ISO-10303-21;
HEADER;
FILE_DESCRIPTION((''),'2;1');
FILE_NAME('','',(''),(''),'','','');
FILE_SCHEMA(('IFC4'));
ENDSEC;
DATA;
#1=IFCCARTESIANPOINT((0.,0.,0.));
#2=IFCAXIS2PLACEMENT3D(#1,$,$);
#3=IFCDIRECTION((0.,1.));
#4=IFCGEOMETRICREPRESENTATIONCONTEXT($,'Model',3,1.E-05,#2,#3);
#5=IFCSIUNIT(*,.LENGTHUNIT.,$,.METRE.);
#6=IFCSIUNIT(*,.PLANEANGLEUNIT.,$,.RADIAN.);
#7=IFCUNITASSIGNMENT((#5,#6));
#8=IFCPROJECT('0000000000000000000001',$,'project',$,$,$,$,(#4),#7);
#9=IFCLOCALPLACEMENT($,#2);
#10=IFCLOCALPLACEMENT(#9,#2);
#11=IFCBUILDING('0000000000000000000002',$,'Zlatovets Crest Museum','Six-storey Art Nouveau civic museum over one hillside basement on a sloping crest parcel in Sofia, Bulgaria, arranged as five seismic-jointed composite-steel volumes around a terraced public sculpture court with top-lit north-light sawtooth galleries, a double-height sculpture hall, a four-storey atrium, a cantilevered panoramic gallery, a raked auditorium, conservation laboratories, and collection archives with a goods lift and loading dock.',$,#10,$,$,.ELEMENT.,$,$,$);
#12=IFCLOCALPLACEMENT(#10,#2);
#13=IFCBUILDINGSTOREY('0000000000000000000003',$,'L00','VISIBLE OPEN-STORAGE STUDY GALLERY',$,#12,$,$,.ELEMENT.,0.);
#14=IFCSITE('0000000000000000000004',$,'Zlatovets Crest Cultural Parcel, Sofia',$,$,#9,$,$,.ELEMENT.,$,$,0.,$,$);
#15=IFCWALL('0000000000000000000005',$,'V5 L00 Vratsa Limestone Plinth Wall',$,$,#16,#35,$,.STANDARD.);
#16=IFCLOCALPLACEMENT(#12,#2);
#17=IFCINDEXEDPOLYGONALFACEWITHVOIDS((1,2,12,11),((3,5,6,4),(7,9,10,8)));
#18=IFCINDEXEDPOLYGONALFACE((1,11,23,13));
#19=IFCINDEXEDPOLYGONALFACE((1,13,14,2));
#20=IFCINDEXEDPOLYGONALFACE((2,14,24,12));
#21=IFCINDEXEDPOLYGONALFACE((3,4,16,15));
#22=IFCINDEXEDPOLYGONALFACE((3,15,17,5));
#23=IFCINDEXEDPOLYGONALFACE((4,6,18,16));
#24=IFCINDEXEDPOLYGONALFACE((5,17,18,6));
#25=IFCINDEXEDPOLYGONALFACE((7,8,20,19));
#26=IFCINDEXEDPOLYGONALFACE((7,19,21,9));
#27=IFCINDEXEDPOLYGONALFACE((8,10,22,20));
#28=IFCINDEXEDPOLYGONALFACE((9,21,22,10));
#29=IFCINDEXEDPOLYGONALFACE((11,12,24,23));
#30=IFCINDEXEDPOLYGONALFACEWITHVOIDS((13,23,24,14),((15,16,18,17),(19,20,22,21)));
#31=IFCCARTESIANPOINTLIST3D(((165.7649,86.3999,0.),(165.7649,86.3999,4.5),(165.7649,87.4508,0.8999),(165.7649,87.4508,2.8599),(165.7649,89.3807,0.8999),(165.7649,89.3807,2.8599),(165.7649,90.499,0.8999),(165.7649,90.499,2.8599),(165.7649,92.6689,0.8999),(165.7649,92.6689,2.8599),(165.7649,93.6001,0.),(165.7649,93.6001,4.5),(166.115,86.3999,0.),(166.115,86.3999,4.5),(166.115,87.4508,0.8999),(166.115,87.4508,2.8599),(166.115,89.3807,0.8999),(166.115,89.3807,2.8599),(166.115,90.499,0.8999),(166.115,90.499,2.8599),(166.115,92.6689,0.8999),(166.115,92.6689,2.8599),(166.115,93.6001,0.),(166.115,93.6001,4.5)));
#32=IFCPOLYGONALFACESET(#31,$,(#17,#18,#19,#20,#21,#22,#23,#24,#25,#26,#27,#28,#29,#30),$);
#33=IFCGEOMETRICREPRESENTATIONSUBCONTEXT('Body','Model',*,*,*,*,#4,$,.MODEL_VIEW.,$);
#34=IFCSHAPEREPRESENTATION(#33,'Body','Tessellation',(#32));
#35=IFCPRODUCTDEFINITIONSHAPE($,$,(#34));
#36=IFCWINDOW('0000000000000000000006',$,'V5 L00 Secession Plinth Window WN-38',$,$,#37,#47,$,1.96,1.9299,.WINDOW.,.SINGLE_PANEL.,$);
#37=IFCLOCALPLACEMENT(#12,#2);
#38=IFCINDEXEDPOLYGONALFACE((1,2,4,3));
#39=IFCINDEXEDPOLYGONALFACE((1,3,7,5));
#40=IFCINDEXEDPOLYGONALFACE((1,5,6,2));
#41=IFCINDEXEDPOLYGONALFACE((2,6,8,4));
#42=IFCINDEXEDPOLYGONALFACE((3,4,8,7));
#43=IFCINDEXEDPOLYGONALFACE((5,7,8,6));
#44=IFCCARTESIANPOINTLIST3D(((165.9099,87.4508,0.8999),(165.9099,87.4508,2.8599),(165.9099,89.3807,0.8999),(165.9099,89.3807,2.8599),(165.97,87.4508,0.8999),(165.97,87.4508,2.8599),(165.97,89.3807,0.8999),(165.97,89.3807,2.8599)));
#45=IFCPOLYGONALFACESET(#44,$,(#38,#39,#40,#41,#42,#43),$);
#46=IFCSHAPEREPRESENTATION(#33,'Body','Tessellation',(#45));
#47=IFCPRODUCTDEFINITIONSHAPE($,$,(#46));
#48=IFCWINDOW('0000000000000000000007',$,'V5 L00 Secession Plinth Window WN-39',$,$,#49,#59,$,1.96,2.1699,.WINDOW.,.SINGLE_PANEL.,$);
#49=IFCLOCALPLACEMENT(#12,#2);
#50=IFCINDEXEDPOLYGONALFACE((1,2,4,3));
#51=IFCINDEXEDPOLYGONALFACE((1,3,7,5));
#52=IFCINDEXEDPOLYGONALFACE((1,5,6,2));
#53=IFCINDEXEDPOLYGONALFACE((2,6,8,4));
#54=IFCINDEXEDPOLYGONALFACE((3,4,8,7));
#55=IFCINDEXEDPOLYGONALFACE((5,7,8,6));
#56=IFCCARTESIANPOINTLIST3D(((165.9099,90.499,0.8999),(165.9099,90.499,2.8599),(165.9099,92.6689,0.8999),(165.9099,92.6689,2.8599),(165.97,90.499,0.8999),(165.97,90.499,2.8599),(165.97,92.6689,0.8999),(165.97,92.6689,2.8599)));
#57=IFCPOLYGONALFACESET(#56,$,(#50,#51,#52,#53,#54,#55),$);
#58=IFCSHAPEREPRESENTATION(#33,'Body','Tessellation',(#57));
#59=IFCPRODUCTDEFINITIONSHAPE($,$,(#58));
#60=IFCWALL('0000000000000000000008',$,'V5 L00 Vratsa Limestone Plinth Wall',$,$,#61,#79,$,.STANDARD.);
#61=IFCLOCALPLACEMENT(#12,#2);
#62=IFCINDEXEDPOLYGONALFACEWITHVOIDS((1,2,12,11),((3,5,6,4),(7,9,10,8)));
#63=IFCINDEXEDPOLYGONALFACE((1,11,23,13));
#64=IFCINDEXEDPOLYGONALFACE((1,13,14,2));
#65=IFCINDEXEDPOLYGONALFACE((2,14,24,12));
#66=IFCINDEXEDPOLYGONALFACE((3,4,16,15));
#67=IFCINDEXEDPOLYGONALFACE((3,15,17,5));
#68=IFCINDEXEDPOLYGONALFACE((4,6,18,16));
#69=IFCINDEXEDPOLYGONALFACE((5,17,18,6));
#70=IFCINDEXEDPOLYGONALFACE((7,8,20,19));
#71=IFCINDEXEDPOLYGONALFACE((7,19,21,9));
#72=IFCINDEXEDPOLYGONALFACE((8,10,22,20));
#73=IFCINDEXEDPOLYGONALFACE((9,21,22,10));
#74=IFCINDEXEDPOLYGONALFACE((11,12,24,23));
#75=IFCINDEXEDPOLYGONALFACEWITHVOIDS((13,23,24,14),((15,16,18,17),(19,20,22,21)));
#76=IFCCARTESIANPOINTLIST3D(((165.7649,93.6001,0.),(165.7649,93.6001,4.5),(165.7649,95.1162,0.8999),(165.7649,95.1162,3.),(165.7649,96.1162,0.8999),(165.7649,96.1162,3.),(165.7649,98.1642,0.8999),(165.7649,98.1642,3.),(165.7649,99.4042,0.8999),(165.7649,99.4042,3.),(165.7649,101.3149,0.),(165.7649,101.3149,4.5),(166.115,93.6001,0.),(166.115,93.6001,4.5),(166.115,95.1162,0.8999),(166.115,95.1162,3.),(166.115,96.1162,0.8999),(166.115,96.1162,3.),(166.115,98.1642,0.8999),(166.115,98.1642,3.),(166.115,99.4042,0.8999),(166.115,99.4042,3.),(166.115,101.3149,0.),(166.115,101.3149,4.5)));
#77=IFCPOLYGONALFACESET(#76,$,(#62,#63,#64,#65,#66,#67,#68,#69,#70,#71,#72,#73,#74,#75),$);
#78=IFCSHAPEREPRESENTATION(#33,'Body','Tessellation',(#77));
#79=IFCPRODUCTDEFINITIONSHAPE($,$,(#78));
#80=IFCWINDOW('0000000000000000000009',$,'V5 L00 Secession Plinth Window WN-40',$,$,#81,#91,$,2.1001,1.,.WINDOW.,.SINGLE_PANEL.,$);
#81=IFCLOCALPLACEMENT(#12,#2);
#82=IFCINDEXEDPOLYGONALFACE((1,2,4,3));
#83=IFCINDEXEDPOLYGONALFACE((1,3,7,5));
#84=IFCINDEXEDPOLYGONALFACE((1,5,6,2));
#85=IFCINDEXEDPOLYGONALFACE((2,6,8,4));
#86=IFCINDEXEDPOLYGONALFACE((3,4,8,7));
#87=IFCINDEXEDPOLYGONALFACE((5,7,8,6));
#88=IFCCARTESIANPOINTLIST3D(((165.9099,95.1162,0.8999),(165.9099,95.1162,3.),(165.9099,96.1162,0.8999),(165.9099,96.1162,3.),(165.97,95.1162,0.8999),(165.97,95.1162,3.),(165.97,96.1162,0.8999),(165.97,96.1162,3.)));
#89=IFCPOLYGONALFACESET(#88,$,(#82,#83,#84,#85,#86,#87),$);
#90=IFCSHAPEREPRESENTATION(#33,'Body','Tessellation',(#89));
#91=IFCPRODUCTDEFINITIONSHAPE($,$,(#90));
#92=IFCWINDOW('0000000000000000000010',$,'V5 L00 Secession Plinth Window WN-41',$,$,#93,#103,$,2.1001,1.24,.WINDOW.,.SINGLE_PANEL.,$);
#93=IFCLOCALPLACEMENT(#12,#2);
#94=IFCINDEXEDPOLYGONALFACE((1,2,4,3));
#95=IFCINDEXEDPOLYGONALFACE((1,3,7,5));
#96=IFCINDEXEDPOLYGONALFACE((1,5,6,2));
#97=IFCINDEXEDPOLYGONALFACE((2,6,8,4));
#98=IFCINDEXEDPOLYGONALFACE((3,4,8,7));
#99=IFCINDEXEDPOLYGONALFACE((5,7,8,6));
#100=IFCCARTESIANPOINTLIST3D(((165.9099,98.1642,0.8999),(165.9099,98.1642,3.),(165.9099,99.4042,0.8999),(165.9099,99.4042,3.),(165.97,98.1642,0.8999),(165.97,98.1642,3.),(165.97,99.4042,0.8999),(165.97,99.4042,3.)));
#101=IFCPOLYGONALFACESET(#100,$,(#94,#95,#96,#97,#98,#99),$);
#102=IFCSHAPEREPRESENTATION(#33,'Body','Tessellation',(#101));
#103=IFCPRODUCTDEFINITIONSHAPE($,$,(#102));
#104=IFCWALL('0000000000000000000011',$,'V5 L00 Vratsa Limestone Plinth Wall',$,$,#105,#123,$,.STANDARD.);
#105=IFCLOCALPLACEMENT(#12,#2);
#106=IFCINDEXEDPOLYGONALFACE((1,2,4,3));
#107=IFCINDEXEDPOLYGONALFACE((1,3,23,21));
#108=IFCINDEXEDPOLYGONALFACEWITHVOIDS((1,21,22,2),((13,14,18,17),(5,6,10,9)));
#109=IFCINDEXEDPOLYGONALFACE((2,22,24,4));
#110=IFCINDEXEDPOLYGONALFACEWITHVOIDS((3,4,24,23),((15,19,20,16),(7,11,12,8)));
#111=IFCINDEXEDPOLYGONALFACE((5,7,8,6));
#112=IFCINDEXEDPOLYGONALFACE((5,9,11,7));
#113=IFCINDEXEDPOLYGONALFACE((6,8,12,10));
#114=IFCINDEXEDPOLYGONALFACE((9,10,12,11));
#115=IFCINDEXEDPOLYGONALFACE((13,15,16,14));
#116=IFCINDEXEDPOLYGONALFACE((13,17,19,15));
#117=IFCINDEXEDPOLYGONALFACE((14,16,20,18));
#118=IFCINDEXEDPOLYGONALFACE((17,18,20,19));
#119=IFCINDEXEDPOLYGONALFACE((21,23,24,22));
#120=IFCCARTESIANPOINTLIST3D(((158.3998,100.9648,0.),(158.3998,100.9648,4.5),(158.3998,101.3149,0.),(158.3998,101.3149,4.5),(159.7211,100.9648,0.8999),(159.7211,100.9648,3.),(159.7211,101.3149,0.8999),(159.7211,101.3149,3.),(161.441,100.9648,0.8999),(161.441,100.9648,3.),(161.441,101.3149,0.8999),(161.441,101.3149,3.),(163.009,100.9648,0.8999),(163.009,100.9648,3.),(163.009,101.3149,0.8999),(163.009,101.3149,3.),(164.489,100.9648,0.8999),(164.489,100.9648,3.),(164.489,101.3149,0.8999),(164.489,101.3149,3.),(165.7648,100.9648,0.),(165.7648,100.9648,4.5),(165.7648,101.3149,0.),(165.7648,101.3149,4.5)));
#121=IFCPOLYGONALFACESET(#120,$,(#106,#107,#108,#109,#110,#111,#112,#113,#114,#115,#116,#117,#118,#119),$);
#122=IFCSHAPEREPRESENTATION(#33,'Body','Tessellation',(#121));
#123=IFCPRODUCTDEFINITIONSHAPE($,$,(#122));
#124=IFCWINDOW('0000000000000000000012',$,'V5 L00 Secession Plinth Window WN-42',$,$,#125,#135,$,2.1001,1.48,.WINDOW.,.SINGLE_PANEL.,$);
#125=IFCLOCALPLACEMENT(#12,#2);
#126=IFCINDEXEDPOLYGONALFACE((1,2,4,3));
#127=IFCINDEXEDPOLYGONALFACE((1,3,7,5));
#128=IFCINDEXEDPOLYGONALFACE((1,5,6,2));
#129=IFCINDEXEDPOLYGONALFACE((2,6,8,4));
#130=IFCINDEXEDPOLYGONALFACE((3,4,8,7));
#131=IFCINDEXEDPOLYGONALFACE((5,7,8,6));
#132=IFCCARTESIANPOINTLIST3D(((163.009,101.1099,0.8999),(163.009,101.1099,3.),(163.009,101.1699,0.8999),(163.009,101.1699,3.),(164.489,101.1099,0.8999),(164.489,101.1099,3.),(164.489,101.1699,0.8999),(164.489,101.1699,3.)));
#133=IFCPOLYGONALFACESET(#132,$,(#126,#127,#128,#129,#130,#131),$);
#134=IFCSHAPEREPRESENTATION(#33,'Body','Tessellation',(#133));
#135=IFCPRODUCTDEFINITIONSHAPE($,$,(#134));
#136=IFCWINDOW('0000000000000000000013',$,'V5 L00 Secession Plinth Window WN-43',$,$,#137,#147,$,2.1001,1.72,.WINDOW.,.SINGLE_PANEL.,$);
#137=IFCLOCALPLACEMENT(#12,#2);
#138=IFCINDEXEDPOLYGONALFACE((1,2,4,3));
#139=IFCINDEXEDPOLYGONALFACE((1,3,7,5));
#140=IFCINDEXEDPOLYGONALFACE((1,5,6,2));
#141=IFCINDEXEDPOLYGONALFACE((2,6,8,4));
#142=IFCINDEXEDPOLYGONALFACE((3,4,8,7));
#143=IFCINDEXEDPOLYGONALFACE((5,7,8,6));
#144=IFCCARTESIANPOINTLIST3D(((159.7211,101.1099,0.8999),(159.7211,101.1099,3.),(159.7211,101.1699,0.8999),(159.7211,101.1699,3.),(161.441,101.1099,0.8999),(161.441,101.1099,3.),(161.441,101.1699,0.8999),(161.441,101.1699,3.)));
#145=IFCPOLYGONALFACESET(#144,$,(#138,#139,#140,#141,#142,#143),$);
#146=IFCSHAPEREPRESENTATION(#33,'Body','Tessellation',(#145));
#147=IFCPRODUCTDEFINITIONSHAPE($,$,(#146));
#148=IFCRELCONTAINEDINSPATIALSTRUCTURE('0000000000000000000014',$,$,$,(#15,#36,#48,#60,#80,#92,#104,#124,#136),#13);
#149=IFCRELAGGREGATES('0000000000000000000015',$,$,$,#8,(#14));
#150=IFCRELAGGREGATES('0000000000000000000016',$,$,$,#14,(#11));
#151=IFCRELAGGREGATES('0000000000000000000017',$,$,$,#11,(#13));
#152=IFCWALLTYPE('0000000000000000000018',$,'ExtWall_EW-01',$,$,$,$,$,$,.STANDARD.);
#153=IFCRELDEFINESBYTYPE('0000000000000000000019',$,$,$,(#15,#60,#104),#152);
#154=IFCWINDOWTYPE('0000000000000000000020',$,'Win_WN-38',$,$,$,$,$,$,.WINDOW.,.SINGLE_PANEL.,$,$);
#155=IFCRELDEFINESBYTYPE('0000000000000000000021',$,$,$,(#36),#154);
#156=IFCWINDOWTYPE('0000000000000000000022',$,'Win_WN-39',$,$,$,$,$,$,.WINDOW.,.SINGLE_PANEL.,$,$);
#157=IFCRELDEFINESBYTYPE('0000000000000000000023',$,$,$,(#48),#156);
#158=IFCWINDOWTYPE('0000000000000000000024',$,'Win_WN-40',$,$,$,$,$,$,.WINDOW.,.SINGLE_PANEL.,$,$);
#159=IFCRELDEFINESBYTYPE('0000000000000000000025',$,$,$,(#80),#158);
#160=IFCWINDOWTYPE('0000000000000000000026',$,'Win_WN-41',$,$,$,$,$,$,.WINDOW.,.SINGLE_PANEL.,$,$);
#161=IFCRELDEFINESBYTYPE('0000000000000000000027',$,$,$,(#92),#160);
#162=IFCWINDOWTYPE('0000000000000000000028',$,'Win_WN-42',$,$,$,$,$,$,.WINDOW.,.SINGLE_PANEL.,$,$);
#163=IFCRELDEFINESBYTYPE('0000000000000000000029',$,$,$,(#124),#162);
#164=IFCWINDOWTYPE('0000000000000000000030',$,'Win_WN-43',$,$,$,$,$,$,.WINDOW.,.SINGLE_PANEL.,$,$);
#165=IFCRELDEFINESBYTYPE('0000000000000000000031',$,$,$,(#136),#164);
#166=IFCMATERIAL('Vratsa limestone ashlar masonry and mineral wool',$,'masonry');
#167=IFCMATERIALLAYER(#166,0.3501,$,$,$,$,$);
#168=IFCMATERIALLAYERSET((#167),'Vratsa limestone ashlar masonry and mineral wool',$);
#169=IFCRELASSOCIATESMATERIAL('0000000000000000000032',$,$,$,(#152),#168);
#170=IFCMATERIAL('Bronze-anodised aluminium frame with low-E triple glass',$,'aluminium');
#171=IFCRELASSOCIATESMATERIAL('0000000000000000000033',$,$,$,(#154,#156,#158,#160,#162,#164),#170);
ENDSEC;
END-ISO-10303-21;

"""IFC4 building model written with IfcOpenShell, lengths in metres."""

from ifc_helpers import new_model, si_unit, direction, frame, frame_2d, origin, place, context, subcontext, project, spatial, rectangle, extrude, material, layer, layer_set, type_object, element, fill, save


model = new_model("IFC4")

# Units and contexts
model_context = context("Model", 3, precision=1e-05, world=origin(), true_north=direction((0.0, 1.0)))
body_context = subcontext(model_context, "Body", "Model", "MODEL_VIEW")
ifc_project = project(units=[si_unit("LENGTHUNIT", "METRE"), si_unit("PLANEANGLEUNIT", "RADIAN")], contexts=[model_context])

# Site, building, storey
site_placement = place(None, origin())
site = spatial("IfcSite", under=ifc_project, at=site_placement, Name="Zlatovets Crest Cultural Parcel, Sofia", CompositionType="ELEMENT", RefElevation=0.0)
building_placement = place(site_placement, origin())
building = spatial("IfcBuilding", under=site, at=building_placement, Name="Zlatovets Crest Museum", Description="Six-storey Art Nouveau civic museum over one hillside basement on a sloping crest parcel in Sofia, Bulgaria, arranged as five seismic-jointed composite-steel volumes around a terraced public sculpture court with top-lit north-light sawtooth galleries, a double-height sculpture hall, a four-storey atrium, a cantilevered panoramic gallery, a raked auditorium, conservation laboratories, and collection archives with a goods lift and loading dock.", CompositionType="ELEMENT")
storey_placement = place(building_placement, origin())
storey = spatial("IfcBuildingStorey", under=building, at=storey_placement, Name="L00", Description="VISIBLE OPEN-STORAGE STUDY GALLERY", CompositionType="ELEMENT", Elevation=0.0)

# Walls, openings, windows
ifc_material_1 = material(Name="Vratsa limestone ashlar masonry and mineral wool", Category="masonry")
ifc_layer_1 = layer(ifc_material_1, 0.3501)
ifc_layer_set_1 = layer_set([ifc_layer_1], Name="Vratsa limestone ashlar masonry and mineral wool")
wall_type = type_object("IfcWallType", Name="ExtWall_EW-01", PredefinedType="STANDARD", material=ifc_layer_set_1)
wall_1_placement = place(storey_placement, frame((165.9399, 86.3999, 0.0), z_axis=(0.0, 0.0, 1.0), x_axis=(0.0, 1.0, 0.0)))
wall_1 = element("IfcWall", 1, at=wall_1_placement, inside=storey, type_object=wall_type, Name="V5 L00 Vratsa Limestone Plinth Wall", PredefinedType="STANDARD", context=body_context, shape_type="SweptSolid", body=[
    extrude(rectangle(XDim=7.2002, YDim=0.3501, at=frame_2d((3.6001, 0.0))), origin(), (0.0, 0.0, 1.0), 4.5),
])
opening_1_placement = place(wall_1_placement, frame((1.051, 0.0, 0.8999)))
opening_1 = element("IfcOpeningElement", 2, at=opening_1_placement, cuts=wall_1, PredefinedType="OPENING", context=body_context, shape_type="SweptSolid", body=[
    extrude(rectangle(XDim=1.9299, YDim=1.96, at=frame_2d((0.9648, 0.98))), frame((0.0, 0.1851, 0.0), z_axis=(0.0, -1.0, 0.0), x_axis=(1.0, 0.0, 0.0)), (0.0, 0.0, 1.0), 0.3701),
])
opening_2_placement = place(wall_1_placement, frame((4.0991, 0.0, 0.8999)))
opening_2 = element("IfcOpeningElement", 3, at=opening_2_placement, cuts=wall_1, PredefinedType="OPENING", context=body_context, shape_type="SweptSolid", body=[
    extrude(rectangle(XDim=2.1699, YDim=1.96, at=frame_2d((1.085, 0.98))), frame((0.0, 0.1851, 0.0), z_axis=(0.0, -1.0, 0.0), x_axis=(1.0, 0.0, 0.0)), (0.0, 0.0, 1.0), 0.3701),
])
ifc_material_2 = material(Name="Bronze-anodised aluminium frame with low-E triple glass", Category="aluminium")
window_type_1 = type_object("IfcWindowType", Name="Win_WN-38", PartitioningType="SINGLE_PANEL", PredefinedType="WINDOW", material=ifc_material_2)
window_1_placement = place(opening_1_placement, origin())
window_1 = element("IfcWindow", 4, at=window_1_placement, inside=storey, type_object=window_type_1, Name="V5 L00 Secession Plinth Window WN-38", OverallHeight=1.96, OverallWidth=1.9299, PartitioningType="SINGLE_PANEL", PredefinedType="WINDOW", context=body_context, shape_type="SweptSolid", body=[
    extrude(rectangle(XDim=1.9299, YDim=1.96, at=frame_2d((0.9648, 0.98))), frame((0.0, 0.03, 0.0), z_axis=(0.0, -1.0, 0.0), x_axis=(1.0, 0.0, 0.0)), (0.0, 0.0, 1.0), 0.0601),
])
fill(opening_1, window_1)
window_type_2 = type_object("IfcWindowType", Name="Win_WN-39", PartitioningType="SINGLE_PANEL", PredefinedType="WINDOW", material=ifc_material_2)
window_2_placement = place(opening_2_placement, origin())
window_2 = element("IfcWindow", 5, at=window_2_placement, inside=storey, type_object=window_type_2, Name="V5 L00 Secession Plinth Window WN-39", OverallHeight=1.96, OverallWidth=2.1699, PartitioningType="SINGLE_PANEL", PredefinedType="WINDOW", context=body_context, shape_type="SweptSolid", body=[
    extrude(rectangle(XDim=2.1699, YDim=1.96, at=frame_2d((1.085, 0.98))), frame((0.0, 0.03, 0.0), z_axis=(0.0, -1.0, 0.0), x_axis=(1.0, 0.0, 0.0)), (0.0, 0.0, 1.0), 0.0601),
])
fill(opening_2, window_2)
wall_2_placement = place(storey_placement, frame((165.9399, 93.6001, 0.0), z_axis=(0.0, 0.0, 1.0), x_axis=(0.0, 1.0, 0.0)))
wall_2 = element("IfcWall", 6, at=wall_2_placement, inside=storey, type_object=wall_type, Name="V5 L00 Vratsa Limestone Plinth Wall", PredefinedType="STANDARD", context=body_context, shape_type="SweptSolid", body=[
    extrude(rectangle(XDim=7.7148, YDim=0.3501, at=frame_2d((3.8574, 0.0))), origin(), (0.0, 0.0, 1.0), 4.5),
])
opening_3_placement = place(wall_2_placement, frame((1.5161, 0.0, 0.8999)))
opening_3 = element("IfcOpeningElement", 7, at=opening_3_placement, cuts=wall_2, PredefinedType="OPENING", context=body_context, shape_type="SweptSolid", body=[
    extrude(rectangle(XDim=1.0, YDim=2.1001, at=frame_2d((0.5, 1.05))), frame((0.0, 0.1851, 0.0), z_axis=(0.0, -1.0, 0.0), x_axis=(1.0, 0.0, 0.0)), (0.0, 0.0, 1.0), 0.3701),
])
opening_4_placement = place(wall_2_placement, frame((4.564, 0.0, 0.8999)))
opening_4 = element("IfcOpeningElement", 8, at=opening_4_placement, cuts=wall_2, PredefinedType="OPENING", context=body_context, shape_type="SweptSolid", body=[
    extrude(rectangle(XDim=1.24, YDim=2.1001, at=frame_2d((0.6201, 1.05))), frame((0.0, 0.1851, 0.0), z_axis=(0.0, -1.0, 0.0), x_axis=(1.0, 0.0, 0.0)), (0.0, 0.0, 1.0), 0.3701),
])
window_type_3 = type_object("IfcWindowType", Name="Win_WN-40", PartitioningType="SINGLE_PANEL", PredefinedType="WINDOW", material=ifc_material_2)
window_3_placement = place(opening_3_placement, origin())
window_3 = element("IfcWindow", 9, at=window_3_placement, inside=storey, type_object=window_type_3, Name="V5 L00 Secession Plinth Window WN-40", OverallHeight=2.1001, OverallWidth=1.0, PartitioningType="SINGLE_PANEL", PredefinedType="WINDOW", context=body_context, shape_type="SweptSolid", body=[
    extrude(rectangle(XDim=1.0, YDim=2.1001, at=frame_2d((0.5, 1.05))), frame((0.0, 0.03, 0.0), z_axis=(0.0, -1.0, 0.0), x_axis=(1.0, 0.0, 0.0)), (0.0, 0.0, 1.0), 0.0601),
])
fill(opening_3, window_3)
window_type_4 = type_object("IfcWindowType", Name="Win_WN-41", PartitioningType="SINGLE_PANEL", PredefinedType="WINDOW", material=ifc_material_2)
window_4_placement = place(opening_4_placement, origin())
window_4 = element("IfcWindow", 10, at=window_4_placement, inside=storey, type_object=window_type_4, Name="V5 L00 Secession Plinth Window WN-41", OverallHeight=2.1001, OverallWidth=1.24, PartitioningType="SINGLE_PANEL", PredefinedType="WINDOW", context=body_context, shape_type="SweptSolid", body=[
    extrude(rectangle(XDim=1.24, YDim=2.1001, at=frame_2d((0.6201, 1.05))), frame((0.0, 0.03, 0.0), z_axis=(0.0, -1.0, 0.0), x_axis=(1.0, 0.0, 0.0)), (0.0, 0.0, 1.0), 0.0601),
])
fill(opening_4, window_4)
wall_3_placement = place(storey_placement, frame((165.7649, 101.1399, 0.0), z_axis=(0.0, 0.0, 1.0), x_axis=(-1.0, 0.0, 0.0)))
wall_3 = element("IfcWall", 11, at=wall_3_placement, inside=storey, type_object=wall_type, Name="V5 L00 Vratsa Limestone Plinth Wall", PredefinedType="STANDARD", context=body_context, shape_type="SweptSolid", body=[
    extrude(rectangle(XDim=7.365, YDim=0.3501, at=frame_2d((3.6826, 0.0))), origin(), (0.0, 0.0, 1.0), 4.5),
])
opening_5_placement = place(wall_3_placement, frame((1.2759, 0.0, 0.8999)))
opening_5 = element("IfcOpeningElement", 12, at=opening_5_placement, cuts=wall_3, PredefinedType="OPENING", context=body_context, shape_type="SweptSolid", body=[
    extrude(rectangle(XDim=1.48, YDim=2.1001, at=frame_2d((0.74, 1.05))), frame((0.0, 0.1851, 0.0), z_axis=(0.0, -1.0, 0.0), x_axis=(1.0, 0.0, 0.0)), (0.0, 0.0, 1.0), 0.3701),
])
opening_6_placement = place(wall_3_placement, frame((4.324, 0.0, 0.8999)))
opening_6 = element("IfcOpeningElement", 13, at=opening_6_placement, cuts=wall_3, PredefinedType="OPENING", context=body_context, shape_type="SweptSolid", body=[
    extrude(rectangle(XDim=1.72, YDim=2.1001, at=frame_2d((0.8599, 1.05))), frame((0.0, 0.1851, 0.0), z_axis=(0.0, -1.0, 0.0), x_axis=(1.0, 0.0, 0.0)), (0.0, 0.0, 1.0), 0.3701),
])
window_type_5 = type_object("IfcWindowType", Name="Win_WN-42", PartitioningType="SINGLE_PANEL", PredefinedType="WINDOW", material=ifc_material_2)
window_5_placement = place(opening_5_placement, origin())
window_5 = element("IfcWindow", 14, at=window_5_placement, inside=storey, type_object=window_type_5, Name="V5 L00 Secession Plinth Window WN-42", OverallHeight=2.1001, OverallWidth=1.48, PartitioningType="SINGLE_PANEL", PredefinedType="WINDOW", context=body_context, shape_type="SweptSolid", body=[
    extrude(rectangle(XDim=1.48, YDim=2.1001, at=frame_2d((0.74, 1.05))), frame((0.0, 0.03, 0.0), z_axis=(0.0, -1.0, 0.0), x_axis=(1.0, 0.0, 0.0)), (0.0, 0.0, 1.0), 0.0601),
])
fill(opening_5, window_5)
window_type_6 = type_object("IfcWindowType", Name="Win_WN-43", PartitioningType="SINGLE_PANEL", PredefinedType="WINDOW", material=ifc_material_2)
window_6_placement = place(opening_6_placement, origin())
window_6 = element("IfcWindow", 15, at=window_6_placement, inside=storey, type_object=window_type_6, Name="V5 L00 Secession Plinth Window WN-43", OverallHeight=2.1001, OverallWidth=1.72, PartitioningType="SINGLE_PANEL", PredefinedType="WINDOW", context=body_context, shape_type="SweptSolid", body=[
    extrude(rectangle(XDim=1.72, YDim=2.1001, at=frame_2d((0.8599, 1.05))), frame((0.0, 0.03, 0.0), z_axis=(0.0, -1.0, 0.0), x_axis=(1.0, 0.0, 0.0)), (0.0, 0.0, 1.0), 0.0601),
])
fill(opening_6, window_6)

save(model, "model.ifc")
